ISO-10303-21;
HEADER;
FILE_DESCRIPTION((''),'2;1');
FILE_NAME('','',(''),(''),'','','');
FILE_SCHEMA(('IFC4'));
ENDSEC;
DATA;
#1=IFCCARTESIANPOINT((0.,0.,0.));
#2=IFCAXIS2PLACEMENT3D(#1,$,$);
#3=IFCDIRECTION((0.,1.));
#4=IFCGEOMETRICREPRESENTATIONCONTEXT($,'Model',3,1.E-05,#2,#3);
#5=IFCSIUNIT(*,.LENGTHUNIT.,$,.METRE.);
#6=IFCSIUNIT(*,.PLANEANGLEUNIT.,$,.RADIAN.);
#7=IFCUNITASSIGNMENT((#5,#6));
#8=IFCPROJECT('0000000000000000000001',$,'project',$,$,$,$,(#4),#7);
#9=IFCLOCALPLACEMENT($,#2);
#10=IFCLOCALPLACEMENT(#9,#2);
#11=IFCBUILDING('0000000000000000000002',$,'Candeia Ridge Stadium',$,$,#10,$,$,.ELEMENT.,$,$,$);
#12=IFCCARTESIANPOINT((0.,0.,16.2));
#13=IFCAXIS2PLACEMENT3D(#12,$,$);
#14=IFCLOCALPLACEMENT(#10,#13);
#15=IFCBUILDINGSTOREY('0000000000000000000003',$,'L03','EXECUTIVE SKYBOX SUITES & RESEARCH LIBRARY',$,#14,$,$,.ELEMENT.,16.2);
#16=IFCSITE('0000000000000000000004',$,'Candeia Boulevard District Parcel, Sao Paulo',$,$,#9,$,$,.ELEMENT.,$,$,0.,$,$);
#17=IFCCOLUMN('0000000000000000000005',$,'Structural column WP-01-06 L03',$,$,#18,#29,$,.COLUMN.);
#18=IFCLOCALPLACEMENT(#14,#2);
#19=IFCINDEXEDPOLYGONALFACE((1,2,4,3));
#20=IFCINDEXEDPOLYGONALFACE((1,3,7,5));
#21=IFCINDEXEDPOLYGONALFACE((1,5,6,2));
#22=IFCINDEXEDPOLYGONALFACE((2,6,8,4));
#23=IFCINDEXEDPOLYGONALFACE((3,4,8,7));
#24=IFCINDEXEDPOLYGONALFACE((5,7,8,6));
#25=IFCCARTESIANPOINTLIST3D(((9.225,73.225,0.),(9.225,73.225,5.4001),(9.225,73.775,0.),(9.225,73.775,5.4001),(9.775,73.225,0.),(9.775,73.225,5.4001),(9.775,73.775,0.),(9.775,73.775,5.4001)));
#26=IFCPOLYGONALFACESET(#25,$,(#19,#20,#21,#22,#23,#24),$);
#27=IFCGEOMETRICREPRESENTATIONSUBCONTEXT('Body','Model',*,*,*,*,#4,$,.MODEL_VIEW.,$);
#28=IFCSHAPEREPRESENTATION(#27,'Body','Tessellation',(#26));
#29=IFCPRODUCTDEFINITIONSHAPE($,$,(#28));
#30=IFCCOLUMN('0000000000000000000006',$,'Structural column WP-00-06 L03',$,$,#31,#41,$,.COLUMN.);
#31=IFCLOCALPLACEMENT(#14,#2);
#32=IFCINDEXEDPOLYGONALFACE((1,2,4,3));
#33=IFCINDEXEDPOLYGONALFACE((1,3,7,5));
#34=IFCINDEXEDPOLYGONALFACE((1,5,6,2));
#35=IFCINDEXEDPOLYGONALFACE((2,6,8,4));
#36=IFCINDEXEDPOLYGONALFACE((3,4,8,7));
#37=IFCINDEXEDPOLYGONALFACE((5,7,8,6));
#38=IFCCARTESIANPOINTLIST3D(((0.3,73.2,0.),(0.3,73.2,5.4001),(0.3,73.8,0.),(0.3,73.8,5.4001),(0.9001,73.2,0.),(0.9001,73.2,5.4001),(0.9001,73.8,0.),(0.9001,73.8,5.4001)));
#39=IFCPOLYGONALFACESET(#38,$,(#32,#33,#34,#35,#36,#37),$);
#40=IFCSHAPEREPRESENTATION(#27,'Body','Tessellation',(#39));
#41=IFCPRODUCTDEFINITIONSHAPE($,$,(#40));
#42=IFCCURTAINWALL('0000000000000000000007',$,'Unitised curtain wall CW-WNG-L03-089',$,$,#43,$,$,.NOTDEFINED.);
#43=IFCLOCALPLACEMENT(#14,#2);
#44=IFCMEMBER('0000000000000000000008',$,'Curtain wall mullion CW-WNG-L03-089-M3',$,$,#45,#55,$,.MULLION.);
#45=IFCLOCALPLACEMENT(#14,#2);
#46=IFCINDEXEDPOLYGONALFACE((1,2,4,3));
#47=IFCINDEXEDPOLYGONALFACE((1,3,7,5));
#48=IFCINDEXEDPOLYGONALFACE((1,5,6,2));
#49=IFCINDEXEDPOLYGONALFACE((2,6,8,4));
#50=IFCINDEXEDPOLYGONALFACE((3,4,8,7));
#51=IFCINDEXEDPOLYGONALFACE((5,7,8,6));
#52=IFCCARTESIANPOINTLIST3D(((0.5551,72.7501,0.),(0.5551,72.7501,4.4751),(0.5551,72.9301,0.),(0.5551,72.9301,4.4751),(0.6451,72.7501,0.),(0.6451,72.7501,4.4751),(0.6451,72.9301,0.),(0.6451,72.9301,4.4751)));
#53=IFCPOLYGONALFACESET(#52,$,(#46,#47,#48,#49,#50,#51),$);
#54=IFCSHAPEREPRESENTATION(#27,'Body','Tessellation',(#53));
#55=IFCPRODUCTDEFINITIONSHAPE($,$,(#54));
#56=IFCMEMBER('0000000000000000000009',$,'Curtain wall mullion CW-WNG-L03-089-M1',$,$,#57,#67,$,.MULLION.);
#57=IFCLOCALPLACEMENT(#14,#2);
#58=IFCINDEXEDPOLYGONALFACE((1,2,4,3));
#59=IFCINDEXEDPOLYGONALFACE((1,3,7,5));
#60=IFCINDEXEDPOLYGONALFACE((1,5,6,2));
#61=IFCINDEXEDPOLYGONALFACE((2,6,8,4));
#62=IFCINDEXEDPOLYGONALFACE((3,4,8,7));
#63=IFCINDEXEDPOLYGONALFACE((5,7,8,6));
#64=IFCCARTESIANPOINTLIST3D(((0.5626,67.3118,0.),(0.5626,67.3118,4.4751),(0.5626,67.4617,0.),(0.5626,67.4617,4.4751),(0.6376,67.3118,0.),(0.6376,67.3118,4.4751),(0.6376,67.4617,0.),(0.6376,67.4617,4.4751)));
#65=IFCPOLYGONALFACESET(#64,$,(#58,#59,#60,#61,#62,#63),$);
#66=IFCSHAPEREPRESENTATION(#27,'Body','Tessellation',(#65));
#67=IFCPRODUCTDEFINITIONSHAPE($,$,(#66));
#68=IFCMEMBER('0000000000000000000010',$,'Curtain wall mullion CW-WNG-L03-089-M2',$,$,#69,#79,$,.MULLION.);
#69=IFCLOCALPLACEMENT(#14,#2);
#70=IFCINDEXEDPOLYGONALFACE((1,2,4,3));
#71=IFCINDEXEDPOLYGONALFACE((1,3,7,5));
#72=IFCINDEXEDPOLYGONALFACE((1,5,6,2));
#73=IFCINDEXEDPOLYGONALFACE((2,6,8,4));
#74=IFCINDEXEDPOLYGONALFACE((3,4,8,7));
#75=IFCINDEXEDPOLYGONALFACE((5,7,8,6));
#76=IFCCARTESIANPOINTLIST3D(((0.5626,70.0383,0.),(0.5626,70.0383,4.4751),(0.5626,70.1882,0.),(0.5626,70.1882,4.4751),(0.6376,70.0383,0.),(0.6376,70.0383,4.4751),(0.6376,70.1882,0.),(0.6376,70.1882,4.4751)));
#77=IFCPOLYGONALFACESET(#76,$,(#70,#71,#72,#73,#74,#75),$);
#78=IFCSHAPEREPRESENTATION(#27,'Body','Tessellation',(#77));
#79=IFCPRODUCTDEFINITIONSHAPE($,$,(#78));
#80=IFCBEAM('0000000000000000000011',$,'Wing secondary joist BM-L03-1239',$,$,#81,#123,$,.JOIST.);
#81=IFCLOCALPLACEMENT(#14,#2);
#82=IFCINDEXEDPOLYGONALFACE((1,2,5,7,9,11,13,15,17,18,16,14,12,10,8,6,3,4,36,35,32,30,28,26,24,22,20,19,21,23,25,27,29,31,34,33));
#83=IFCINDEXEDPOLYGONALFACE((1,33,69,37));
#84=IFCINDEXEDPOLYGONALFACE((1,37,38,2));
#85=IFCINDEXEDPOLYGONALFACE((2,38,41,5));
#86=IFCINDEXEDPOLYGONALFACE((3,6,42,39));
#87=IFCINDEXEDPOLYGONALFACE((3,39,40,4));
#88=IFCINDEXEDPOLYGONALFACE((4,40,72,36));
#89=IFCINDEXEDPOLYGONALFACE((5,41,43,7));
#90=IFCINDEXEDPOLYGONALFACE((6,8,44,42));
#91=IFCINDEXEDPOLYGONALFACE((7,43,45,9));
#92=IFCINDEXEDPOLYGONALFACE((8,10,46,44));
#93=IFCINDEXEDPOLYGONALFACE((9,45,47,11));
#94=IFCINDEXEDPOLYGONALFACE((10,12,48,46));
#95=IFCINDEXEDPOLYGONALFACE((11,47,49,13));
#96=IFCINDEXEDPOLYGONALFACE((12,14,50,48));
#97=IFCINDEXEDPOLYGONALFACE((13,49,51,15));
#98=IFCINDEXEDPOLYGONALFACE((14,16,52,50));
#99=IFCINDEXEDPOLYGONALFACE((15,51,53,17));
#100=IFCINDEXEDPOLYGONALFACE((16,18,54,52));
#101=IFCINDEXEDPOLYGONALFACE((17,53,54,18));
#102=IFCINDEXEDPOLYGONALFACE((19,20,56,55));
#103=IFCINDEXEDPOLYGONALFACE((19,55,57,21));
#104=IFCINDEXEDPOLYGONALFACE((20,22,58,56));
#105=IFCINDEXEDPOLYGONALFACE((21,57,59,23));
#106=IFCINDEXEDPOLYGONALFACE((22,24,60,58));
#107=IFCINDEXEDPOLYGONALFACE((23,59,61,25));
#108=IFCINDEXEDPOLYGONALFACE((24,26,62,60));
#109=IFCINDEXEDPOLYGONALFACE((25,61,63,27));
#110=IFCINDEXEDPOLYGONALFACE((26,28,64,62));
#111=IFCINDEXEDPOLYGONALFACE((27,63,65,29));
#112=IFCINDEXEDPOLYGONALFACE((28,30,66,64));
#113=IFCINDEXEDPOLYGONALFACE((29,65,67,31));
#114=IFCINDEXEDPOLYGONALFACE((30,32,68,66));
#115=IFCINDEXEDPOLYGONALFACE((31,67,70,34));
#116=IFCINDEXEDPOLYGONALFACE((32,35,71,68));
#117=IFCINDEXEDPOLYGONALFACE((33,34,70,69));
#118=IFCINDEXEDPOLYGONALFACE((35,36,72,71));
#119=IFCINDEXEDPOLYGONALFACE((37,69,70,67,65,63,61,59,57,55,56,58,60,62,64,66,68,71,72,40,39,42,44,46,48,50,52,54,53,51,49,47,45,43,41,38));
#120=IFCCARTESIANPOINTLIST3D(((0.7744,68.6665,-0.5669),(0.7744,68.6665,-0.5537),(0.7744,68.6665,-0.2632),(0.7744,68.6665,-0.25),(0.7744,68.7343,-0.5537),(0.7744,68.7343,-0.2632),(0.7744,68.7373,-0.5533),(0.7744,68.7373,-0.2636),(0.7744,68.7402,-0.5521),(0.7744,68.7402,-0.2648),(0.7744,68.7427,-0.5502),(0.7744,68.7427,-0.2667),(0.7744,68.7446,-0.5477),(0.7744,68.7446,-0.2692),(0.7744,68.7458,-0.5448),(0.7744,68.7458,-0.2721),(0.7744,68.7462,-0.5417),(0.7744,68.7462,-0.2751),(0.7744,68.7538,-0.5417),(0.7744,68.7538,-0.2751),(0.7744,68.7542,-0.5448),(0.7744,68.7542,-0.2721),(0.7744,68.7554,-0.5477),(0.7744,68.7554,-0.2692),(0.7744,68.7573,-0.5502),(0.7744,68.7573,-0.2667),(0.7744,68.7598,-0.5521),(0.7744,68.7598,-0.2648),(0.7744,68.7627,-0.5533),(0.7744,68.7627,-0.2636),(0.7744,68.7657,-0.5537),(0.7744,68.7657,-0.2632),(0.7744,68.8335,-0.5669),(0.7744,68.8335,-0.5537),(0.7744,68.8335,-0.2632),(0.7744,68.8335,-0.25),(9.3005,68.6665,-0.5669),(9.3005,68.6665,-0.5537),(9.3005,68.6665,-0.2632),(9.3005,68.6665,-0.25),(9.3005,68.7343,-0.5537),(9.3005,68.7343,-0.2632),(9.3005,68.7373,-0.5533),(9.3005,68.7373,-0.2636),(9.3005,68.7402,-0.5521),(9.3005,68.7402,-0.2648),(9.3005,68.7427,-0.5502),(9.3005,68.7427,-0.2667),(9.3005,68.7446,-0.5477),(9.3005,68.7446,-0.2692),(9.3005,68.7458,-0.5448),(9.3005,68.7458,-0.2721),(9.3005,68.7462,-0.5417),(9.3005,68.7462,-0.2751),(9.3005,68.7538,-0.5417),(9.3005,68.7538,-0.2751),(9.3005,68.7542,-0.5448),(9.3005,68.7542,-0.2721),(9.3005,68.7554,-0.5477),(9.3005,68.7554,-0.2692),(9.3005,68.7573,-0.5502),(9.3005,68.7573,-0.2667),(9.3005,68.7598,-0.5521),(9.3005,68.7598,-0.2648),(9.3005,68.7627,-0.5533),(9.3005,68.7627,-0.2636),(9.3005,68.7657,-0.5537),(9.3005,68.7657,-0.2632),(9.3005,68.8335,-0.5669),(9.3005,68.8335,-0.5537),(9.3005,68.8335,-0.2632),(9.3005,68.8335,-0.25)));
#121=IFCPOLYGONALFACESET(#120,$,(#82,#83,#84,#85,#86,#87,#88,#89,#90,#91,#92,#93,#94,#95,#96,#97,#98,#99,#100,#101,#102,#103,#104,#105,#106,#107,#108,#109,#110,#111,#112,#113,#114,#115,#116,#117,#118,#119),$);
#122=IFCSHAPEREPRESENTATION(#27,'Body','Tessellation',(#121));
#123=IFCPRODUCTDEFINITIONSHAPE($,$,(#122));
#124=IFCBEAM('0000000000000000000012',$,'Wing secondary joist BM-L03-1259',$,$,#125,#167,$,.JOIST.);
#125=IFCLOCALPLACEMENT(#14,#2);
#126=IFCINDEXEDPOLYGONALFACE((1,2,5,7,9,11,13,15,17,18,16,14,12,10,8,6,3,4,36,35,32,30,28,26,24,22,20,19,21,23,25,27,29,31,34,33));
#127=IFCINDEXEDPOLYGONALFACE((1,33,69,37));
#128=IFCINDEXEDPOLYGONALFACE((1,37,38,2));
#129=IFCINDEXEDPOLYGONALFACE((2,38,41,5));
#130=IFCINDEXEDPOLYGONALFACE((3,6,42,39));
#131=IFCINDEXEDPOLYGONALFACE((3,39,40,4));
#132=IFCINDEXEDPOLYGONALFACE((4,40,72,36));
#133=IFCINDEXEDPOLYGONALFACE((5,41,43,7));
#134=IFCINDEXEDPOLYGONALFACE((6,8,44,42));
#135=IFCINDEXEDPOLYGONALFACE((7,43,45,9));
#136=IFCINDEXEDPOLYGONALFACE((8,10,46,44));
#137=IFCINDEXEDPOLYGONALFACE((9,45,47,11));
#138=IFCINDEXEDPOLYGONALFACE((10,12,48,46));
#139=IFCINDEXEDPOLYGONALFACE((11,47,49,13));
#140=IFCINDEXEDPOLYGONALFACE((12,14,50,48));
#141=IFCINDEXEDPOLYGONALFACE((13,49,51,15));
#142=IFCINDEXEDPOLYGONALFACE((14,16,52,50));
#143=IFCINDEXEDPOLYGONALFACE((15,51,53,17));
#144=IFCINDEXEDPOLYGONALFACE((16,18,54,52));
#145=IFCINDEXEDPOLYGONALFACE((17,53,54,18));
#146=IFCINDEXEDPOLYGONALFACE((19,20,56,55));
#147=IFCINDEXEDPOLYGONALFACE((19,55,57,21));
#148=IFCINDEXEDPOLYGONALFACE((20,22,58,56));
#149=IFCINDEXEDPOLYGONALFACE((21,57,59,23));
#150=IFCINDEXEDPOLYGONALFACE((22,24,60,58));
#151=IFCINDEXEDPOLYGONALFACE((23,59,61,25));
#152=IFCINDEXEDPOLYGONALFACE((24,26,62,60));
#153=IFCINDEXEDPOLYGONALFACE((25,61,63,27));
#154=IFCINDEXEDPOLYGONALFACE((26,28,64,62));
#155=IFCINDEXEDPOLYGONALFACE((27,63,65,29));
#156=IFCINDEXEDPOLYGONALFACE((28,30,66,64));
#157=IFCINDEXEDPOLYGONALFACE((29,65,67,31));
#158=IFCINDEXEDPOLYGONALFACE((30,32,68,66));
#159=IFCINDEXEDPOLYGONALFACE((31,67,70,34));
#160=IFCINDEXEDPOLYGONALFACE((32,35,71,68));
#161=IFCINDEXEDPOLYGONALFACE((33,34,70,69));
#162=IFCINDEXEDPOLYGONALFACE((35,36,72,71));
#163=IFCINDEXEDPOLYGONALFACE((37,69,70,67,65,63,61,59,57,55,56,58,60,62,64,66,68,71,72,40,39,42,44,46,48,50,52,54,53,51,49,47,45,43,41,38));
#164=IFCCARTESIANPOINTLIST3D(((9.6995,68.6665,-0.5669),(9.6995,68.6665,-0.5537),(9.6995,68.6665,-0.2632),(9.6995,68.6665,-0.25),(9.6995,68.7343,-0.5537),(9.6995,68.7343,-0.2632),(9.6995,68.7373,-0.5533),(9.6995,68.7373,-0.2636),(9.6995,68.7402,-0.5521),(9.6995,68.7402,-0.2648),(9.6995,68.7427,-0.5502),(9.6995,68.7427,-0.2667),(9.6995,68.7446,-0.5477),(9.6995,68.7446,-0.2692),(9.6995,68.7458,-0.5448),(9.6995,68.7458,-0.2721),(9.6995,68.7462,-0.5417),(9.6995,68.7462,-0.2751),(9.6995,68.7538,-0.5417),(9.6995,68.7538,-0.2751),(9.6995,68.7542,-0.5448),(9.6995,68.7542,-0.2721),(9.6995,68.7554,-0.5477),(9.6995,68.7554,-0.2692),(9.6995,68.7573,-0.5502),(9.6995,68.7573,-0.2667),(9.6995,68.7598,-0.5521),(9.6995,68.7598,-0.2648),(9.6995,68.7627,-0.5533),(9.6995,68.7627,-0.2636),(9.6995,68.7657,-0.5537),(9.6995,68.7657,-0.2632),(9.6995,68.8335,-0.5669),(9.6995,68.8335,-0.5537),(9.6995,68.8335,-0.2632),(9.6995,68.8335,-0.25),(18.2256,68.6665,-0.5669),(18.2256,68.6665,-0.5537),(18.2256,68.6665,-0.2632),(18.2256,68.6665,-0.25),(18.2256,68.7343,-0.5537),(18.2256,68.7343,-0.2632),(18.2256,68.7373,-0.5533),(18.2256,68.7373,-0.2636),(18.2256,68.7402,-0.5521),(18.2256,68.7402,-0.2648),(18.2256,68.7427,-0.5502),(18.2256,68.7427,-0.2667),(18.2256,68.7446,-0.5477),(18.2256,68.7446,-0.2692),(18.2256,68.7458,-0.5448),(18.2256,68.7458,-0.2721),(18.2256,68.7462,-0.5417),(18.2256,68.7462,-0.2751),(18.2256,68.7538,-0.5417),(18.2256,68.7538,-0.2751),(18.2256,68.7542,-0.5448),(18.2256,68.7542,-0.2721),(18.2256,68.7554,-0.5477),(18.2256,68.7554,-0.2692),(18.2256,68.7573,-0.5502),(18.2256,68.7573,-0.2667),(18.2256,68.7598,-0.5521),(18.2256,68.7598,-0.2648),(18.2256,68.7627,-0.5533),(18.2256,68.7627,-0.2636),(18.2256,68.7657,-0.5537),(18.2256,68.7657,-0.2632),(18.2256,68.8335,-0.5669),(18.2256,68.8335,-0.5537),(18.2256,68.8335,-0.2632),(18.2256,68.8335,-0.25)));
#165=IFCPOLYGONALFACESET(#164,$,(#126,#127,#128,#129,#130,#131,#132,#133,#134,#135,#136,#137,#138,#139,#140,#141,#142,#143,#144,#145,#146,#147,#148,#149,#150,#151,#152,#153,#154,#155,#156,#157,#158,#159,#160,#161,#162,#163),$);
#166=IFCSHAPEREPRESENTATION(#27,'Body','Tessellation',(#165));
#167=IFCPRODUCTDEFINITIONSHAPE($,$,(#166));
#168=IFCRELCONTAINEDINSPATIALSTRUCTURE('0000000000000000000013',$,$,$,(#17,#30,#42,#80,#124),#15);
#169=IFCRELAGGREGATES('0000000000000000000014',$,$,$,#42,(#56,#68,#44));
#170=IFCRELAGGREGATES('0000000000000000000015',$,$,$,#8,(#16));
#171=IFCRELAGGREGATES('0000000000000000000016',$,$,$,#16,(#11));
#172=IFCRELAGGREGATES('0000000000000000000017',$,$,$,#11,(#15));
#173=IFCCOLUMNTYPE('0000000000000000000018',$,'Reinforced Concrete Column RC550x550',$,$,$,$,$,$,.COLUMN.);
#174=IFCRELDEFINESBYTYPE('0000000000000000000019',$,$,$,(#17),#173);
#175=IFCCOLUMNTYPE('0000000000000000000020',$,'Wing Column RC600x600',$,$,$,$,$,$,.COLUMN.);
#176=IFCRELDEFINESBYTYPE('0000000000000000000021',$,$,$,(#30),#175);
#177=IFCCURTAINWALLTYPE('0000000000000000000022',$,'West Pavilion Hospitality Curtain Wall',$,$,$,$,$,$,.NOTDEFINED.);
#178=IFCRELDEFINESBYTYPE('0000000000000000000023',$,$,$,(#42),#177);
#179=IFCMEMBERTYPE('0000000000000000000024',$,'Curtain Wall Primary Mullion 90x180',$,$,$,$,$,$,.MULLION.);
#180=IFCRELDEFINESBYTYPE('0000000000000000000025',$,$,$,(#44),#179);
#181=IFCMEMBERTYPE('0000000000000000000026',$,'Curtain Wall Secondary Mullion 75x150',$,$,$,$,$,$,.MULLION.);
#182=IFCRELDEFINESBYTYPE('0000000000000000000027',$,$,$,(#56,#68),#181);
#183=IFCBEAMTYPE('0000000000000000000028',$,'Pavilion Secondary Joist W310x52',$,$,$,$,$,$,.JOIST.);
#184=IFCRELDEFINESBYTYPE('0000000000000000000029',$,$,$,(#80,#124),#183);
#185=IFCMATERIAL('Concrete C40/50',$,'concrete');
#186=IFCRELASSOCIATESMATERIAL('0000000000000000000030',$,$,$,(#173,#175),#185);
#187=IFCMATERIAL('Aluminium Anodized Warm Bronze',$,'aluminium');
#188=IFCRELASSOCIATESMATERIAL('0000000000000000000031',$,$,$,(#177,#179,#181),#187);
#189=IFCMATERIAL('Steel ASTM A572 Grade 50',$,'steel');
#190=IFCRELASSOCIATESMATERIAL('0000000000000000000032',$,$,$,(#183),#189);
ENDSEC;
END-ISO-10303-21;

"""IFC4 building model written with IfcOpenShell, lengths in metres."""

from ifc_helpers import new_model, si_unit, direction, frame, origin, origin_2d, place, context, subcontext, project, spatial, rectangle, i_section, extrude, material, material_profile, profile_set, type_object, element, aggregate, save


model = new_model("IFC4")

# Units and contexts
model_context = context("Model", 3, precision=1e-05, world=origin(), true_north=direction((0.0, 1.0)))
body_context = subcontext(model_context, "Body", "Model", "MODEL_VIEW")
ifc_project = project(units=[si_unit("LENGTHUNIT", "METRE"), si_unit("PLANEANGLEUNIT", "RADIAN")], contexts=[model_context])

# Site, building, storey
site_placement = place(None, origin())
site = spatial("IfcSite", under=ifc_project, at=site_placement, Name="Candeia Boulevard District Parcel, Sao Paulo", CompositionType="ELEMENT", RefElevation=0.0)
building_placement = place(site_placement, origin())
building = spatial("IfcBuilding", under=site, at=building_placement, Name="Candeia Ridge Stadium", CompositionType="ELEMENT")
storey_placement = place(building_placement, frame((0.0, 0.0, 16.2)))
storey = spatial("IfcBuildingStorey", under=building, at=storey_placement, Name="L03", Description="EXECUTIVE SKYBOX SUITES & RESEARCH LIBRARY", CompositionType="ELEMENT", Elevation=16.2)

# Columns
ifc_material_1 = material(Name="Concrete C40/50", Category="concrete")
ifc_material_profile_1 = material_profile(ifc_material_1, rectangle(XDim=0.55, YDim=0.55, at=origin_2d()), Name="RC550x550", Category="concrete")
ifc_profile_set_1 = profile_set([ifc_material_profile_1], Name="Concrete C40/50")
column_type_1 = type_object("IfcColumnType", Name="Reinforced Concrete Column RC550x550", PredefinedType="COLUMN", material=ifc_profile_set_1)
column_1_placement = place(storey_placement, frame((9.5, 73.5, 0.0), z_axis=(0.0, 0.0, 1.0), x_axis=(1.0, 0.0, 0.0)))
element("IfcColumn", 1, at=column_1_placement, inside=storey, type_object=column_type_1, Name="Structural column WP-01-06 L03", PredefinedType="COLUMN", context=body_context, shape_type="SweptSolid", body=[
    extrude(rectangle(XDim=0.55, YDim=0.55, at=origin_2d()), origin(), (0.0, 0.0, 1.0), 5.4001),
])
ifc_material_profile_2 = material_profile(ifc_material_1, rectangle(XDim=0.6001, YDim=0.6001, at=origin_2d()), Name="RC600x600", Category="concrete")
ifc_profile_set_2 = profile_set([ifc_material_profile_2], Name="Concrete C40/50")
column_type_2 = type_object("IfcColumnType", Name="Wing Column RC600x600", PredefinedType="COLUMN", material=ifc_profile_set_2)
column_2_placement = place(storey_placement, frame((0.6001, 73.5, 0.0), z_axis=(0.0, 0.0, 1.0), x_axis=(1.0, 0.0, 0.0)))
element("IfcColumn", 2, at=column_2_placement, inside=storey, type_object=column_type_2, Name="Structural column WP-00-06 L03", PredefinedType="COLUMN", context=body_context, shape_type="SweptSolid", body=[
    extrude(rectangle(XDim=0.6001, YDim=0.6001, at=origin_2d()), origin(), (0.0, 0.0, 1.0), 5.4001),
])

# Curtain wall, members
ifc_material_2 = material(Name="Aluminium Anodized Warm Bronze", Category="aluminium")
curtain_wall_type = type_object("IfcCurtainWallType", Name="West Pavilion Hospitality Curtain Wall", PredefinedType="NOTDEFINED", material=ifc_material_2)
curtain_wall_placement = place(storey_placement, origin())
curtain_wall = element("IfcCurtainWall", 3, at=curtain_wall_placement, inside=storey, type_object=curtain_wall_type, Name="Unitised curtain wall CW-WNG-L03-089", PredefinedType="NOTDEFINED")
ifc_material_profile_3 = material_profile(ifc_material_2, rectangle(XDim=0.0901, YDim=0.1799, at=origin_2d()), Name="CWM-90x180", Category="aluminium")
ifc_profile_set_3 = profile_set([ifc_material_profile_3], Name="Aluminium Anodized Warm Bronze")
member_type_1 = type_object("IfcMemberType", Name="Curtain Wall Primary Mullion 90x180", PredefinedType="MULLION", material=ifc_profile_set_3)
member_1_placement = place(storey_placement, frame((0.6001, 72.8401, 0.0), z_axis=(0.0, 0.0, 1.0), x_axis=(1.0, 0.0, 0.0)))
member_1 = element("IfcMember", 4, at=member_1_placement, type_object=member_type_1, Name="Curtain wall mullion CW-WNG-L03-089-M3", PredefinedType="MULLION", context=body_context, shape_type="SweptSolid", body=[
    extrude(rectangle(XDim=0.0901, YDim=0.1799, at=origin_2d()), origin(), (0.0, 0.0, 1.0), 4.4751),
])
ifc_material_profile_4 = material_profile(ifc_material_2, rectangle(XDim=0.075, YDim=0.1499, at=origin_2d()), Name="CWM-75x150", Category="aluminium")
ifc_profile_set_4 = profile_set([ifc_material_profile_4], Name="Aluminium Anodized Warm Bronze")
member_type_2 = type_object("IfcMemberType", Name="Curtain Wall Secondary Mullion 75x150", PredefinedType="MULLION", material=ifc_profile_set_4)
member_2_placement = place(storey_placement, frame((0.6001, 67.3867, 0.0), z_axis=(0.0, 0.0, 1.0), x_axis=(1.0, 0.0, 0.0)))
member_2 = element("IfcMember", 5, at=member_2_placement, type_object=member_type_2, Name="Curtain wall mullion CW-WNG-L03-089-M1", PredefinedType="MULLION", context=body_context, shape_type="SweptSolid", body=[
    extrude(rectangle(XDim=0.075, YDim=0.1499, at=origin_2d()), origin(), (0.0, 0.0, 1.0), 4.4751),
])
member_3_placement = place(storey_placement, frame((0.6001, 70.1133, 0.0), z_axis=(0.0, 0.0, 1.0), x_axis=(1.0, 0.0, 0.0)))
member_3 = element("IfcMember", 6, at=member_3_placement, type_object=member_type_2, Name="Curtain wall mullion CW-WNG-L03-089-M2", PredefinedType="MULLION", context=body_context, shape_type="SweptSolid", body=[
    extrude(rectangle(XDim=0.075, YDim=0.1499, at=origin_2d()), origin(), (0.0, 0.0, 1.0), 4.4751),
])

# Beams
ifc_material_3 = material(Name="Steel ASTM A572 Grade 50", Category="steel")
ifc_material_profile_5 = material_profile(ifc_material_3, i_section(OverallWidth=0.167, OverallDepth=0.3169, WebThickness=0.0076, FlangeThickness=0.0132, FilletRadius=0.012, at=origin_2d()), Name="W310x52", Category="steel")
ifc_profile_set_5 = profile_set([ifc_material_profile_5], Name="Steel ASTM A572 Grade 50")
beam_type_1 = type_object("IfcBeamType", Name="Pavilion Secondary Joist W310x52", PredefinedType="JOIST", material=ifc_profile_set_5)
for number, where, z_axis, x_axis, name in (
    (7, (0.7744, 68.75, -0.4084), (1.0, 0.0, 0.0), (0.0, 1.0, 0.0), "Wing secondary joist BM-L03-1239"),
    (8, (9.6995, 68.75, -0.4084), (1.0, 0.0, 0.0), (0.0, 1.0, 0.0), "Wing secondary joist BM-L03-1259"),
):
    element("IfcBeam", number, at=place(storey_placement, frame(where, z_axis=z_axis, x_axis=x_axis)), inside=storey, type_object=beam_type_1, Name=name, PredefinedType="JOIST", context=body_context, shape_type="SweptSolid", body=[
        extrude(i_section(OverallWidth=0.167, OverallDepth=0.3169, WebThickness=0.0076, FlangeThickness=0.0132, FilletRadius=0.012, at=origin_2d()), origin(), (0.0, 0.0, 1.0), 8.5261),
    ])

aggregate(curtain_wall, [member_2, member_3, member_1])

save(model, "model.ifc")
